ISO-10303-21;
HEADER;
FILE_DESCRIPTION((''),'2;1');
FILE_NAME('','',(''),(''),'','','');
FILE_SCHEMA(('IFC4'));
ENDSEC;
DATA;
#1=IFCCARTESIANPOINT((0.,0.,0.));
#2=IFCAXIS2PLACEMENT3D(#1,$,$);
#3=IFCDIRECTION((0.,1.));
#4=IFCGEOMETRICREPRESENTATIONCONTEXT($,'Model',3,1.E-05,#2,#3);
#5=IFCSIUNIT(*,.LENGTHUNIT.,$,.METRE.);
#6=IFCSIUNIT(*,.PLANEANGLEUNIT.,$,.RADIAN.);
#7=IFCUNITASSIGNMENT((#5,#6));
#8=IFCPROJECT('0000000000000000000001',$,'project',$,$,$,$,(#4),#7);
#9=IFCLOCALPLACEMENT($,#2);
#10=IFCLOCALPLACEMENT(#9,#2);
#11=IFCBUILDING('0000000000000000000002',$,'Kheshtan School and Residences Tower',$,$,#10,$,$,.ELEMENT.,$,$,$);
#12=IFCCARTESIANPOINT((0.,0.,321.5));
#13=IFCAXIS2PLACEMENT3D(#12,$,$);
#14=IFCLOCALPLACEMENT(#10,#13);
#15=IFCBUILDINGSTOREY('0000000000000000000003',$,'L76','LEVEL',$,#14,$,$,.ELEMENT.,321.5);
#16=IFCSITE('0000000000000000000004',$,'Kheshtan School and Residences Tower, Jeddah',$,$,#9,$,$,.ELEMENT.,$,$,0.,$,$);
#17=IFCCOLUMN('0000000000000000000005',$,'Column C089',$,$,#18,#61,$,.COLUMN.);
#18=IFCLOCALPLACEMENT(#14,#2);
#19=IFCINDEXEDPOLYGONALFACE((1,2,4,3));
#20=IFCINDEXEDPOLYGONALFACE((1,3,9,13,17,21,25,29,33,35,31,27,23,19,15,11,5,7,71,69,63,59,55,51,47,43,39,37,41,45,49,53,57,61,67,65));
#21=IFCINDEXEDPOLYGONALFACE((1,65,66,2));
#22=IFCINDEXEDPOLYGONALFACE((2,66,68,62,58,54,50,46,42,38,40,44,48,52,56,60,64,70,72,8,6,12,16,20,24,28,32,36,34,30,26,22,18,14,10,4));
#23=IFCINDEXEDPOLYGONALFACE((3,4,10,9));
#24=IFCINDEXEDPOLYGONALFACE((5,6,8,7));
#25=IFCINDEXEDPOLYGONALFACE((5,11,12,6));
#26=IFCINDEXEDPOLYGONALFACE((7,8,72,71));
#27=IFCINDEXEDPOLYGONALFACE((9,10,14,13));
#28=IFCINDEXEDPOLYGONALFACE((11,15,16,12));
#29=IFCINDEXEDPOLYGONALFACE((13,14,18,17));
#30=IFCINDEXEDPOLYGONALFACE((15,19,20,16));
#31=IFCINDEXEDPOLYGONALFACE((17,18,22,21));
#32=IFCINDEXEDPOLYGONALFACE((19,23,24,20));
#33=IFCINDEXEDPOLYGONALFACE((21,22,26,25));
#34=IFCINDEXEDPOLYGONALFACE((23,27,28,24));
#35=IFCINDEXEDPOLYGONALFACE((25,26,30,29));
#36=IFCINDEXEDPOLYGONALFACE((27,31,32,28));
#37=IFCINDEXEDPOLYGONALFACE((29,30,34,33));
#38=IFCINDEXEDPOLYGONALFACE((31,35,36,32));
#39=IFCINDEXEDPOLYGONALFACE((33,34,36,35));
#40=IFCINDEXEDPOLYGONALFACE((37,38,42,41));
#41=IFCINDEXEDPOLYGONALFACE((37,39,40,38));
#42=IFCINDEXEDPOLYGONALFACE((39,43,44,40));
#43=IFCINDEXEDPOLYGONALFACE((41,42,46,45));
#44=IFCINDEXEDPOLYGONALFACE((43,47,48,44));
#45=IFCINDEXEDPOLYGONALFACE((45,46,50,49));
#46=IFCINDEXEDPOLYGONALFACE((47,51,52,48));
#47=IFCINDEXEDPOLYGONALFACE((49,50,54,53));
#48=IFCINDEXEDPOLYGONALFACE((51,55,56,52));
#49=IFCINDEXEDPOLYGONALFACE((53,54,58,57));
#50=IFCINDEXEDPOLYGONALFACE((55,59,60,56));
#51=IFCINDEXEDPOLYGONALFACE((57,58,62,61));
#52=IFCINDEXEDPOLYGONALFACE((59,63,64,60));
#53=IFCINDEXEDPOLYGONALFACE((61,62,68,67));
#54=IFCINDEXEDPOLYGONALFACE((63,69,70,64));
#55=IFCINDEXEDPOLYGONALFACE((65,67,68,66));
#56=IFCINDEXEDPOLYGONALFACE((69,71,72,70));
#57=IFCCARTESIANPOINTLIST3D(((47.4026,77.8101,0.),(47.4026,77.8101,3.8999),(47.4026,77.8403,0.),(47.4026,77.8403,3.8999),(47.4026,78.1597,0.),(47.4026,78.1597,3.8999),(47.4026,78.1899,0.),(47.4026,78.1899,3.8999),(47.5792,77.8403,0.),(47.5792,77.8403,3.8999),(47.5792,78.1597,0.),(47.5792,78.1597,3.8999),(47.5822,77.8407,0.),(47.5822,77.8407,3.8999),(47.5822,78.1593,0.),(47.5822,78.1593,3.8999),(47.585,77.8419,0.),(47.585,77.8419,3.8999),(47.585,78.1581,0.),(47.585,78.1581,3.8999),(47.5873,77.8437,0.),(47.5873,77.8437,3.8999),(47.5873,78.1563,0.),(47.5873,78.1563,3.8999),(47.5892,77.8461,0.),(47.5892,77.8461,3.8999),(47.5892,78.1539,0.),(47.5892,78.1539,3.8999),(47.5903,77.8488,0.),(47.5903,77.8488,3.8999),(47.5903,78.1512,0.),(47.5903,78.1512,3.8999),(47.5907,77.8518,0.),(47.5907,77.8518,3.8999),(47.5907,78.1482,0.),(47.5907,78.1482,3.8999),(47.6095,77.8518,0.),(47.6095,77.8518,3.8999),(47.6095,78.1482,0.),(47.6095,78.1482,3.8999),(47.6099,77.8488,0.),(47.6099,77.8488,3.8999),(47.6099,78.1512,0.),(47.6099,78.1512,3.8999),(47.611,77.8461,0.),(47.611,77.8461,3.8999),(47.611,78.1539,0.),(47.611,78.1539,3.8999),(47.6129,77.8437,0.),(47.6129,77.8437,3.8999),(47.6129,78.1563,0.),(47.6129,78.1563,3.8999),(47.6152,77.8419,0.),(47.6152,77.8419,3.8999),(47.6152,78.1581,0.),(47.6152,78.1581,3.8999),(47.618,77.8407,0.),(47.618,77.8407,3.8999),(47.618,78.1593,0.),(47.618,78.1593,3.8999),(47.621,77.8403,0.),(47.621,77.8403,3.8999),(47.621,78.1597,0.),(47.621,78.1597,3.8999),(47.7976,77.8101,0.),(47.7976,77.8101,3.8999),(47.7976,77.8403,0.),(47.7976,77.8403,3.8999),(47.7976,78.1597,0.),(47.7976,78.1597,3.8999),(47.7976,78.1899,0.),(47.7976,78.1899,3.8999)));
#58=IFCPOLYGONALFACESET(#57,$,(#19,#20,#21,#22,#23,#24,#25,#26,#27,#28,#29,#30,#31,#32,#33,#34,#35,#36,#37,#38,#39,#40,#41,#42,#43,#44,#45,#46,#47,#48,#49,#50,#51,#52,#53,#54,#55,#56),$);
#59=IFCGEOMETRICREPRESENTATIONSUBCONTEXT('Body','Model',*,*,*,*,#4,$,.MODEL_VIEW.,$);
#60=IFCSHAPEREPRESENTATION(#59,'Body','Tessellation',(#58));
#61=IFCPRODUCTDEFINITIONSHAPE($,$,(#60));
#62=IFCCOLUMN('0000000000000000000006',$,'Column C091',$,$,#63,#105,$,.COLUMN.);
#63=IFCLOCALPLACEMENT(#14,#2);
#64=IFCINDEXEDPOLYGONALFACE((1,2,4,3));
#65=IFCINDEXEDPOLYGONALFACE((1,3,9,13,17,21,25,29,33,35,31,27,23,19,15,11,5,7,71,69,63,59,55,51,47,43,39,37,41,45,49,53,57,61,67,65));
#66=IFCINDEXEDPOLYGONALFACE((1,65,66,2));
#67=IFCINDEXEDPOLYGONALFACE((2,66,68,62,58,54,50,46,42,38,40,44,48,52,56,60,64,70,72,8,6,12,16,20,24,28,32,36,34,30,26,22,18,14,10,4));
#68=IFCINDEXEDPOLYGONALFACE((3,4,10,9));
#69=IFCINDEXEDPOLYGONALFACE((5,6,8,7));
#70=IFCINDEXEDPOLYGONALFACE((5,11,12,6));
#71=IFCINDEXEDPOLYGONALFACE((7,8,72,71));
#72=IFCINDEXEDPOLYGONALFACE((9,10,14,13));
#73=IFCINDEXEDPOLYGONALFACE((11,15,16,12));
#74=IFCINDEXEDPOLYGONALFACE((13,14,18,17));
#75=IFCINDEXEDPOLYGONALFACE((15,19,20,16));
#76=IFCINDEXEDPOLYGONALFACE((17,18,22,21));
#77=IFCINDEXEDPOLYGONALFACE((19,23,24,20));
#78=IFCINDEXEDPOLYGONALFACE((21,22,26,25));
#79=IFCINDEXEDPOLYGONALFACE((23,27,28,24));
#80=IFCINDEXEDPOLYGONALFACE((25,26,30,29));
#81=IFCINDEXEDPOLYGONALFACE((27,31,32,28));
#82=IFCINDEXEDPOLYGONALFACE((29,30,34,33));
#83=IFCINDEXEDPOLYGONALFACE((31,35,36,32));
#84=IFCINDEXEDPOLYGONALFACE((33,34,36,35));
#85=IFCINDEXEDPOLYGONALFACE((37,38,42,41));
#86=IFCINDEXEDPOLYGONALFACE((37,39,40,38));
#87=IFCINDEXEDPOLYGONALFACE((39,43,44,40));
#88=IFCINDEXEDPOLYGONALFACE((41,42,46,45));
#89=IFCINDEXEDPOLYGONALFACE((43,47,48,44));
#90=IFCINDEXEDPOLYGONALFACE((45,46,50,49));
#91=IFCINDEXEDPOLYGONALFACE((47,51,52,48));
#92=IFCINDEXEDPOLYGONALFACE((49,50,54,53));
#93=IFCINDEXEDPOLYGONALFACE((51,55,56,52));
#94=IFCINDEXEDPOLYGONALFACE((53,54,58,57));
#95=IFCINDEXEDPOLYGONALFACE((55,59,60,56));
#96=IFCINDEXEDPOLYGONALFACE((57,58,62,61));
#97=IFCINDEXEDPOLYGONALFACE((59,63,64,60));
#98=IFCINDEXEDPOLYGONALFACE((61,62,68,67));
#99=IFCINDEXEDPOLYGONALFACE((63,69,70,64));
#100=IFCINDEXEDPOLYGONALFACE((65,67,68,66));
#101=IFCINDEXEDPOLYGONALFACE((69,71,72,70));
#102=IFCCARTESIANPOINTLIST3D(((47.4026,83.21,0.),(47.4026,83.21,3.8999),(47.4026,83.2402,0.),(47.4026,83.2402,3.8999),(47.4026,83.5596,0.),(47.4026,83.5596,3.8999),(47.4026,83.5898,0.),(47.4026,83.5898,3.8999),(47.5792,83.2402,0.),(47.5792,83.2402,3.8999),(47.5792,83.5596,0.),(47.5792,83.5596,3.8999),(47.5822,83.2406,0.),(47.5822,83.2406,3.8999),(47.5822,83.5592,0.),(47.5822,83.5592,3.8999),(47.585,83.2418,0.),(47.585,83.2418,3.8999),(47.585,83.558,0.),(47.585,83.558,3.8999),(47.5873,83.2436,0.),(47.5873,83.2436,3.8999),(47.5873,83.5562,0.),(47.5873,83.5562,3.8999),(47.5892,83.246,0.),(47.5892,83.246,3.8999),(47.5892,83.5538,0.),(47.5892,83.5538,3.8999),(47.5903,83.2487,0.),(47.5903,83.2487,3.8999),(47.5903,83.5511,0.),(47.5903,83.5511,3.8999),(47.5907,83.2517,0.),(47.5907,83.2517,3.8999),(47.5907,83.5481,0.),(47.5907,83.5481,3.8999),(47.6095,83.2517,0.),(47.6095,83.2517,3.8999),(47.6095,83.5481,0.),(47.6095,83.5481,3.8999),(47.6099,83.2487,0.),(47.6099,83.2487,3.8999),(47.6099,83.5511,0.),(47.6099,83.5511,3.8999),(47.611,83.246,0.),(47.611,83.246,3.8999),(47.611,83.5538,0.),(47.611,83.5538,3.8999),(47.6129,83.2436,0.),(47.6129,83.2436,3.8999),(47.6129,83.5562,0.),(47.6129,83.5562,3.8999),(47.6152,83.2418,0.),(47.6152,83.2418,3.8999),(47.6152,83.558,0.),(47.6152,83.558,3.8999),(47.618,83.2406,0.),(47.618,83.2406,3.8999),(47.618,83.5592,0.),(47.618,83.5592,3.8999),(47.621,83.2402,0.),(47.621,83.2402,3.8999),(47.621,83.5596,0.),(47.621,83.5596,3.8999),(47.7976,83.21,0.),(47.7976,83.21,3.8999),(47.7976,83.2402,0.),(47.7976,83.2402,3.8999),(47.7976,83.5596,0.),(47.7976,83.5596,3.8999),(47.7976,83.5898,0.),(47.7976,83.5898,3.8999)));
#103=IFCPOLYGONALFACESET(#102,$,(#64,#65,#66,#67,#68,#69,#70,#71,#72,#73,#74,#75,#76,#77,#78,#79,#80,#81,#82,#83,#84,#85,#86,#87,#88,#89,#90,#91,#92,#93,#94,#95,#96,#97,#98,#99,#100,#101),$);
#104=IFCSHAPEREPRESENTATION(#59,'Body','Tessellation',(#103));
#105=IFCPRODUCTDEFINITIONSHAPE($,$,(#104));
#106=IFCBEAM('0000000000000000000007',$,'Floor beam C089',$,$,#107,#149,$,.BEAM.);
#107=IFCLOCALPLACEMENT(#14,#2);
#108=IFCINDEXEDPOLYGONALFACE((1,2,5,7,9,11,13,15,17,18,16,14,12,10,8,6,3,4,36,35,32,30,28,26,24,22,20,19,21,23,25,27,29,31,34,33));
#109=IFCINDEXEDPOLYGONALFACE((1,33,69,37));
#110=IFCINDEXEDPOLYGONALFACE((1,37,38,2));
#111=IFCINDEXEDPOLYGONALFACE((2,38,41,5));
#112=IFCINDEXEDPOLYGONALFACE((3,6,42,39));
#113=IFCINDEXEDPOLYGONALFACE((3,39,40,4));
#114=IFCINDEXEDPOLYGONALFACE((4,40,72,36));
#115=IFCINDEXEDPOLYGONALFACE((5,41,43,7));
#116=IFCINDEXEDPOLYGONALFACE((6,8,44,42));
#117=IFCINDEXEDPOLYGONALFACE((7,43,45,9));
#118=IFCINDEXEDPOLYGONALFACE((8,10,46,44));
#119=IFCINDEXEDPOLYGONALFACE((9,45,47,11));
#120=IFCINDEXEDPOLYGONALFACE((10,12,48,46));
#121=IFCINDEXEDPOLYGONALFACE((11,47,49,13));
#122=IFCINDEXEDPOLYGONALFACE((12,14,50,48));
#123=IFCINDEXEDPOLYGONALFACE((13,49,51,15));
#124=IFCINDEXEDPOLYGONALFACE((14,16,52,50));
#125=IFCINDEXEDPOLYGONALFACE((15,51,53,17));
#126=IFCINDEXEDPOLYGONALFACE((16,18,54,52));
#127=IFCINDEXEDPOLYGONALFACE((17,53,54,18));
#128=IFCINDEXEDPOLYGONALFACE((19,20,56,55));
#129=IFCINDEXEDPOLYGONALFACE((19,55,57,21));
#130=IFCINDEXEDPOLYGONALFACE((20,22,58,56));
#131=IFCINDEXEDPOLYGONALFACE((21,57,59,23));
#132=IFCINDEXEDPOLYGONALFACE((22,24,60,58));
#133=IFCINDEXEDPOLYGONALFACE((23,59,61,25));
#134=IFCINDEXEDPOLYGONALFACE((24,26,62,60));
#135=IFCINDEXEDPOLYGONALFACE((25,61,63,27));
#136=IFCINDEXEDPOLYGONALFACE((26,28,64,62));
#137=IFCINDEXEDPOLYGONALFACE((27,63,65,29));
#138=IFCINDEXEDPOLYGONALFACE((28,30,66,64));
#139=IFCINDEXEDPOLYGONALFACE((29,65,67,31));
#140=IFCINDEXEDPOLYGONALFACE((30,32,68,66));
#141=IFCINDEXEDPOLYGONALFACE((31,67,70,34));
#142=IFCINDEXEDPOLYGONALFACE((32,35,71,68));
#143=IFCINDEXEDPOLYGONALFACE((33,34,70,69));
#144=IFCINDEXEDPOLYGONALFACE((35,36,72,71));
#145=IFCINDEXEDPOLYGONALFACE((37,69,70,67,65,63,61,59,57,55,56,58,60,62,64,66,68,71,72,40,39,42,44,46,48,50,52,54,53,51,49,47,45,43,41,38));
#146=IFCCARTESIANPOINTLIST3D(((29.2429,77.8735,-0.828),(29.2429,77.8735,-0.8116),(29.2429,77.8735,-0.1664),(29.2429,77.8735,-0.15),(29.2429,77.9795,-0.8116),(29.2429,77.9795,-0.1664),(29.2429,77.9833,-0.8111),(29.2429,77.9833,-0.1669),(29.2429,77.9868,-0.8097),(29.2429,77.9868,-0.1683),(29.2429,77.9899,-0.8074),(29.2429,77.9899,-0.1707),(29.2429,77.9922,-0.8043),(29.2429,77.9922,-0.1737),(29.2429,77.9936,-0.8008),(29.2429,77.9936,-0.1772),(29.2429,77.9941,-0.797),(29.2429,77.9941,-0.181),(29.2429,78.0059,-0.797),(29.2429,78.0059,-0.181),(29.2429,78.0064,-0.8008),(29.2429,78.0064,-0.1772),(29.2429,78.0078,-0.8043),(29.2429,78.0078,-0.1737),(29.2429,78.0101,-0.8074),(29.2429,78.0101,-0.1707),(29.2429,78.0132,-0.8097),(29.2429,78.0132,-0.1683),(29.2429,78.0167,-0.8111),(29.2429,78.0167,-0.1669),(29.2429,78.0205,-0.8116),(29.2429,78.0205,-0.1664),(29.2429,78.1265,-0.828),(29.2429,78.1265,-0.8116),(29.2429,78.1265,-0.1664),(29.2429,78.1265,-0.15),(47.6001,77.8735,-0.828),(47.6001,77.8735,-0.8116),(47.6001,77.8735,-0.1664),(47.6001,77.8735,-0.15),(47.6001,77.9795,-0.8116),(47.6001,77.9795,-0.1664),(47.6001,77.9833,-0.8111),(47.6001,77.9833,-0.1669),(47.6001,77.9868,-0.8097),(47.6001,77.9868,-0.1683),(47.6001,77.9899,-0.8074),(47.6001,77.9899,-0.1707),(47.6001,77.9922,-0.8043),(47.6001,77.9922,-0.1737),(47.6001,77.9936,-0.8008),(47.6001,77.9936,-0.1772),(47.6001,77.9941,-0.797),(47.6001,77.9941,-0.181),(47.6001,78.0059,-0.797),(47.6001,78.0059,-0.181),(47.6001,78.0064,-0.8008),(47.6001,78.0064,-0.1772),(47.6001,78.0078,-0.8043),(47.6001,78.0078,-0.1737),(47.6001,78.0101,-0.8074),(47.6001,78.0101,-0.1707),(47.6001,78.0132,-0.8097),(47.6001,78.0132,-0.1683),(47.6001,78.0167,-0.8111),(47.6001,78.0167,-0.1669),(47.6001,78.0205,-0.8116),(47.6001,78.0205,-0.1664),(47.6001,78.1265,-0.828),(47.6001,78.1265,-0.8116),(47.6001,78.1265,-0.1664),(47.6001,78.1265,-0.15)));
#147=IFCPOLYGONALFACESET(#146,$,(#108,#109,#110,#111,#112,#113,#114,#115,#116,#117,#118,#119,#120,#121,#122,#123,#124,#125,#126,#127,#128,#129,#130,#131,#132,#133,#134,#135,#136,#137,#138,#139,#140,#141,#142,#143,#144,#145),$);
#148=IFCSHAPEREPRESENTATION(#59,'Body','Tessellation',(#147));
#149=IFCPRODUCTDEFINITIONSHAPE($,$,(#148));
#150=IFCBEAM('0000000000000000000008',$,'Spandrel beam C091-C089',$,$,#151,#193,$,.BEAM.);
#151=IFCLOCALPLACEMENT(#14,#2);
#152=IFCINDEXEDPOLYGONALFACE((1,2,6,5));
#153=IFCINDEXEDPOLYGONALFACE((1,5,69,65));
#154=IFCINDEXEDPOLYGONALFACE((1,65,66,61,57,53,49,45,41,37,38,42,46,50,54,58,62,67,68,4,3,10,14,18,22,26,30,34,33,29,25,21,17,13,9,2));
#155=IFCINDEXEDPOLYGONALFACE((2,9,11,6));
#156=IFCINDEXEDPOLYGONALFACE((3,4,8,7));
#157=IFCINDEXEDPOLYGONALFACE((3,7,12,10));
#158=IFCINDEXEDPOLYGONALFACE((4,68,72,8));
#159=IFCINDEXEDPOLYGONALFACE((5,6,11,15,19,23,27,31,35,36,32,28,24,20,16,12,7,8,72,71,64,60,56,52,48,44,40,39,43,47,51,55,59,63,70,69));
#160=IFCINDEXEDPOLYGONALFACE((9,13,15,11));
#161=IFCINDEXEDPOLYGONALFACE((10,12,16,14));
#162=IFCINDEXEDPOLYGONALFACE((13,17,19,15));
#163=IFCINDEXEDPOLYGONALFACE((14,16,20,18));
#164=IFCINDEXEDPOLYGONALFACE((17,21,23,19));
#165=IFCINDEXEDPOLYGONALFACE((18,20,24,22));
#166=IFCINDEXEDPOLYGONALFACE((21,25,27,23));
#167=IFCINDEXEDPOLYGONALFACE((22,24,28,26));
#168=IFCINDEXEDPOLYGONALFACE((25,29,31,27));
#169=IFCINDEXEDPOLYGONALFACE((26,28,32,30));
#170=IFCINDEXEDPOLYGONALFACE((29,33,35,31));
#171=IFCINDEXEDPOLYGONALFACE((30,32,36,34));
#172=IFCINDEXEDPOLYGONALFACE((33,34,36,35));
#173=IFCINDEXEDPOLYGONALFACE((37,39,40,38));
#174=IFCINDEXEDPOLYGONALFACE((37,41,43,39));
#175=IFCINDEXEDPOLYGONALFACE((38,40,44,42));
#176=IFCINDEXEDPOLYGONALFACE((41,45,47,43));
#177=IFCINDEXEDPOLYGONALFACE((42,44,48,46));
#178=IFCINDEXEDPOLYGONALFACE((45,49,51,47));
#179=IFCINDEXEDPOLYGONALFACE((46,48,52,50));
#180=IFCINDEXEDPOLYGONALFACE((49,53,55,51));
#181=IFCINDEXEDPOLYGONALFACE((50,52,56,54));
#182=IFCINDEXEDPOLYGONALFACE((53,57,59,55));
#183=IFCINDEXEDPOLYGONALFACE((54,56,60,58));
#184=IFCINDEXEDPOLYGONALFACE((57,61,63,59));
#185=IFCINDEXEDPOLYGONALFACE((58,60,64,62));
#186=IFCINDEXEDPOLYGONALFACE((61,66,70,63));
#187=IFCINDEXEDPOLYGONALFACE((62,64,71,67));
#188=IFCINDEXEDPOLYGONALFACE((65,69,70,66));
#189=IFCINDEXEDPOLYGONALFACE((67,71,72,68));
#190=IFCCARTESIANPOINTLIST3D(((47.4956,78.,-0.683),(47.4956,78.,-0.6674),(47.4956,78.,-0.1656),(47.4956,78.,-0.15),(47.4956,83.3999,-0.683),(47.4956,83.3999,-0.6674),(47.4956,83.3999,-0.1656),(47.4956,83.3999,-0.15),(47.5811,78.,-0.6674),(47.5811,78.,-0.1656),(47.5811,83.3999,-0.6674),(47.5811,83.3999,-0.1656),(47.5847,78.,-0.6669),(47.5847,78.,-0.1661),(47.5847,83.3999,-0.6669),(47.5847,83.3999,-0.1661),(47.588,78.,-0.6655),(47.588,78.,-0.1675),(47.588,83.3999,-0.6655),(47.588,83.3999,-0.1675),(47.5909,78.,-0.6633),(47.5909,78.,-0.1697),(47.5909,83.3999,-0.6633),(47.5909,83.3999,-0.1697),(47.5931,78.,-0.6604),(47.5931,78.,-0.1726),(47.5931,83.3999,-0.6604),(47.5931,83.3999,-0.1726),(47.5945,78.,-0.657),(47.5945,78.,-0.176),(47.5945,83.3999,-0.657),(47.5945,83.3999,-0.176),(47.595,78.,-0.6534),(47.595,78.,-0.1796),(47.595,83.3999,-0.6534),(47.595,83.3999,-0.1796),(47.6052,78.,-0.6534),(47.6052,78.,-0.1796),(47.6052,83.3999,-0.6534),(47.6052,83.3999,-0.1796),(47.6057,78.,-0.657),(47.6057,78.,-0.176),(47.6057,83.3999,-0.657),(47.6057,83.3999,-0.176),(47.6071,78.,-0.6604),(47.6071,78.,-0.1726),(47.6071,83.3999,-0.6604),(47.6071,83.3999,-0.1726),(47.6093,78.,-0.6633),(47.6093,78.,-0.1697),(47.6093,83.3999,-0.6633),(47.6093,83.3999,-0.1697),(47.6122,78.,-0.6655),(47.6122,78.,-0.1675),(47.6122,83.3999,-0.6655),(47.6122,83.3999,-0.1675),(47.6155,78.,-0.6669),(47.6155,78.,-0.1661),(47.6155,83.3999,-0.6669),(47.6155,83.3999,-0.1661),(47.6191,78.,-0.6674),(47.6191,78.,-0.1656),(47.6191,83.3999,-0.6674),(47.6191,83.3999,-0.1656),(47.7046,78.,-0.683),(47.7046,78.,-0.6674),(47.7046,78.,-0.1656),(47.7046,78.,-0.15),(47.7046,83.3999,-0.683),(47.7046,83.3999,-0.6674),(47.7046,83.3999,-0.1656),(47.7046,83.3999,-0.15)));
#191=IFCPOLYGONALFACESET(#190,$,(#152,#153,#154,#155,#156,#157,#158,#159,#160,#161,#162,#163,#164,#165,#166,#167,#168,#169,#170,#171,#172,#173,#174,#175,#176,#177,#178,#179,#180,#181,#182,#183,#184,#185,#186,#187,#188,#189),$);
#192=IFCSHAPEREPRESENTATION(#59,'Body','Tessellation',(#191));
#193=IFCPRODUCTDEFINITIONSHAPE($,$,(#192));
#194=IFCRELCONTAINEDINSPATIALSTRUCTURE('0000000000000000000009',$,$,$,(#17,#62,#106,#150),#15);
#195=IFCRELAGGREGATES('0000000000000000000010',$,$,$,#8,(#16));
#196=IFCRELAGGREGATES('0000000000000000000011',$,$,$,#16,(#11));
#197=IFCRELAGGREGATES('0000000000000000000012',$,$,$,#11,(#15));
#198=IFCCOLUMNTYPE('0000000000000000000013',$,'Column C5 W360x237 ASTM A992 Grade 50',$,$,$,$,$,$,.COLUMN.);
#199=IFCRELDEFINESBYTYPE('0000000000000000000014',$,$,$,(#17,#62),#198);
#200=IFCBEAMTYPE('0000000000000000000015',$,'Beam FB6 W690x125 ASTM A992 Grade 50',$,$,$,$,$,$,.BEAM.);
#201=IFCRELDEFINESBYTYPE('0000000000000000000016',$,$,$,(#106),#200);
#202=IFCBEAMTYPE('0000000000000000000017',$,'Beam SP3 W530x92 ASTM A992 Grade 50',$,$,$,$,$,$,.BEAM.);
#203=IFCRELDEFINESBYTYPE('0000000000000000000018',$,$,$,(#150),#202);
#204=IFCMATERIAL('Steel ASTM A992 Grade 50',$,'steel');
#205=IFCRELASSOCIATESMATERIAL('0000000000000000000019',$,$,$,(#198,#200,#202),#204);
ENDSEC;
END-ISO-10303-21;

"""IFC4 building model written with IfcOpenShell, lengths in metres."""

from ifc_helpers import new_model, si_unit, direction, frame, origin, origin_2d, place, context, subcontext, project, spatial, i_section, extrude, material, material_profile, profile_set, type_object, element, save


model = new_model("IFC4")

# Units and contexts
model_context = context("Model", 3, precision=1e-05, world=origin(), true_north=direction((0.0, 1.0)))
body_context = subcontext(model_context, "Body", "Model", "MODEL_VIEW")
ifc_project = project(units=[si_unit("LENGTHUNIT", "METRE"), si_unit("PLANEANGLEUNIT", "RADIAN")], contexts=[model_context])

# Site, building, storey
site_placement = place(None, origin())
site = spatial("IfcSite", under=ifc_project, at=site_placement, Name="Kheshtan School and Residences Tower, Jeddah", CompositionType="ELEMENT", RefElevation=0.0)
building_placement = place(site_placement, origin())
building = spatial("IfcBuilding", under=site, at=building_placement, Name="Kheshtan School and Residences Tower", CompositionType="ELEMENT")
storey_placement = place(building_placement, frame((0.0, 0.0, 321.5)))
storey = spatial("IfcBuildingStorey", under=building, at=storey_placement, Name="L76", Description="LEVEL", CompositionType="ELEMENT", Elevation=321.5)

# Columns
ifc_material_1 = material(Name="Steel ASTM A992 Grade 50", Category="steel")
ifc_material_profile_1 = material_profile(ifc_material_1, i_section(OverallWidth=0.395, OverallDepth=0.3799, WebThickness=0.0188, FlangeThickness=0.0303, FilletRadius=0.0115, at=origin_2d()), Name="W360x237")
ifc_profile_set_1 = profile_set([ifc_material_profile_1], Name="Steel ASTM A992 Grade 50")
column_type = type_object("IfcColumnType", Name="Column C5 W360x237 ASTM A992 Grade 50", PredefinedType="COLUMN", material=ifc_profile_set_1)
for number, where, z_axis, x_axis, name in (
    (1, (47.6001, 78.0, 0.0), (0.0, 0.0, 1.0), (1.0, 0.0, 0.0), "Column C089"),
    (2, (47.6001, 83.3999, 0.0), (0.0, 0.0, 1.0), (1.0, 0.0, 0.0), "Column C091"),
):
    element("IfcColumn", number, at=place(storey_placement, frame(where, z_axis=z_axis, x_axis=x_axis)), inside=storey, type_object=column_type, Name=name, PredefinedType="COLUMN", context=body_context, shape_type="SweptSolid", body=[
        extrude(i_section(OverallWidth=0.395, OverallDepth=0.3799, WebThickness=0.0188, FlangeThickness=0.0303, FilletRadius=0.0115, at=origin_2d()), origin(), (0.0, 0.0, 1.0), 3.8999),
    ])

# Beams
ifc_material_profile_2 = material_profile(ifc_material_1, i_section(OverallWidth=0.2529, OverallDepth=0.678, WebThickness=0.0117, FlangeThickness=0.0164, FilletRadius=0.0146, at=origin_2d()), Name="W690x125")
ifc_profile_set_2 = profile_set([ifc_material_profile_2], Name="Steel ASTM A992 Grade 50")
beam_type_1 = type_object("IfcBeamType", Name="Beam FB6 W690x125 ASTM A992 Grade 50", PredefinedType="BEAM", material=ifc_profile_set_2)
beam_placement = place(storey_placement, frame((47.6001, 78.0, -0.489), z_axis=(-1.0, 0.0, 0.0), x_axis=(0.0, -1.0, 0.0)))
element("IfcBeam", 3, at=beam_placement, inside=storey, type_object=beam_type_1, Name="Floor beam C089", PredefinedType="BEAM", context=body_context, shape_type="SweptSolid", body=[
    extrude(i_section(OverallWidth=0.2529, OverallDepth=0.678, WebThickness=0.0117, FlangeThickness=0.0164, FilletRadius=0.0146, at=origin_2d()), origin(), (0.0, 0.0, 1.0), 18.3572),
])
ifc_material_profile_3 = material_profile(ifc_material_1, i_section(OverallWidth=0.209, OverallDepth=0.533, WebThickness=0.0103, FlangeThickness=0.0156, FilletRadius=0.0139, at=origin_2d()), Name="W530x92")
ifc_profile_set_3 = profile_set([ifc_material_profile_3], Name="Steel ASTM A992 Grade 50")
beam_type_2 = type_object("IfcBeamType", Name="Beam SP3 W530x92 ASTM A992 Grade 50", PredefinedType="BEAM", material=ifc_profile_set_3)
for number, where, z_axis, x_axis, name in (
    (4, (47.6001, 83.3999, -0.4165), (0.0, -1.0, 0.0), (1.0, 0.0, 0.0), "Spandrel beam C091-C089"),
):
    element("IfcBeam", number, at=place(storey_placement, frame(where, z_axis=z_axis, x_axis=x_axis)), inside=storey, type_object=beam_type_2, Name=name, PredefinedType="BEAM", context=body_context, shape_type="SweptSolid", body=[
        extrude(i_section(OverallWidth=0.209, OverallDepth=0.533, WebThickness=0.0103, FlangeThickness=0.0156, FilletRadius=0.0139, at=origin_2d()), origin(), (0.0, 0.0, 1.0), 5.3999),
    ])

save(model, "model.ifc")
